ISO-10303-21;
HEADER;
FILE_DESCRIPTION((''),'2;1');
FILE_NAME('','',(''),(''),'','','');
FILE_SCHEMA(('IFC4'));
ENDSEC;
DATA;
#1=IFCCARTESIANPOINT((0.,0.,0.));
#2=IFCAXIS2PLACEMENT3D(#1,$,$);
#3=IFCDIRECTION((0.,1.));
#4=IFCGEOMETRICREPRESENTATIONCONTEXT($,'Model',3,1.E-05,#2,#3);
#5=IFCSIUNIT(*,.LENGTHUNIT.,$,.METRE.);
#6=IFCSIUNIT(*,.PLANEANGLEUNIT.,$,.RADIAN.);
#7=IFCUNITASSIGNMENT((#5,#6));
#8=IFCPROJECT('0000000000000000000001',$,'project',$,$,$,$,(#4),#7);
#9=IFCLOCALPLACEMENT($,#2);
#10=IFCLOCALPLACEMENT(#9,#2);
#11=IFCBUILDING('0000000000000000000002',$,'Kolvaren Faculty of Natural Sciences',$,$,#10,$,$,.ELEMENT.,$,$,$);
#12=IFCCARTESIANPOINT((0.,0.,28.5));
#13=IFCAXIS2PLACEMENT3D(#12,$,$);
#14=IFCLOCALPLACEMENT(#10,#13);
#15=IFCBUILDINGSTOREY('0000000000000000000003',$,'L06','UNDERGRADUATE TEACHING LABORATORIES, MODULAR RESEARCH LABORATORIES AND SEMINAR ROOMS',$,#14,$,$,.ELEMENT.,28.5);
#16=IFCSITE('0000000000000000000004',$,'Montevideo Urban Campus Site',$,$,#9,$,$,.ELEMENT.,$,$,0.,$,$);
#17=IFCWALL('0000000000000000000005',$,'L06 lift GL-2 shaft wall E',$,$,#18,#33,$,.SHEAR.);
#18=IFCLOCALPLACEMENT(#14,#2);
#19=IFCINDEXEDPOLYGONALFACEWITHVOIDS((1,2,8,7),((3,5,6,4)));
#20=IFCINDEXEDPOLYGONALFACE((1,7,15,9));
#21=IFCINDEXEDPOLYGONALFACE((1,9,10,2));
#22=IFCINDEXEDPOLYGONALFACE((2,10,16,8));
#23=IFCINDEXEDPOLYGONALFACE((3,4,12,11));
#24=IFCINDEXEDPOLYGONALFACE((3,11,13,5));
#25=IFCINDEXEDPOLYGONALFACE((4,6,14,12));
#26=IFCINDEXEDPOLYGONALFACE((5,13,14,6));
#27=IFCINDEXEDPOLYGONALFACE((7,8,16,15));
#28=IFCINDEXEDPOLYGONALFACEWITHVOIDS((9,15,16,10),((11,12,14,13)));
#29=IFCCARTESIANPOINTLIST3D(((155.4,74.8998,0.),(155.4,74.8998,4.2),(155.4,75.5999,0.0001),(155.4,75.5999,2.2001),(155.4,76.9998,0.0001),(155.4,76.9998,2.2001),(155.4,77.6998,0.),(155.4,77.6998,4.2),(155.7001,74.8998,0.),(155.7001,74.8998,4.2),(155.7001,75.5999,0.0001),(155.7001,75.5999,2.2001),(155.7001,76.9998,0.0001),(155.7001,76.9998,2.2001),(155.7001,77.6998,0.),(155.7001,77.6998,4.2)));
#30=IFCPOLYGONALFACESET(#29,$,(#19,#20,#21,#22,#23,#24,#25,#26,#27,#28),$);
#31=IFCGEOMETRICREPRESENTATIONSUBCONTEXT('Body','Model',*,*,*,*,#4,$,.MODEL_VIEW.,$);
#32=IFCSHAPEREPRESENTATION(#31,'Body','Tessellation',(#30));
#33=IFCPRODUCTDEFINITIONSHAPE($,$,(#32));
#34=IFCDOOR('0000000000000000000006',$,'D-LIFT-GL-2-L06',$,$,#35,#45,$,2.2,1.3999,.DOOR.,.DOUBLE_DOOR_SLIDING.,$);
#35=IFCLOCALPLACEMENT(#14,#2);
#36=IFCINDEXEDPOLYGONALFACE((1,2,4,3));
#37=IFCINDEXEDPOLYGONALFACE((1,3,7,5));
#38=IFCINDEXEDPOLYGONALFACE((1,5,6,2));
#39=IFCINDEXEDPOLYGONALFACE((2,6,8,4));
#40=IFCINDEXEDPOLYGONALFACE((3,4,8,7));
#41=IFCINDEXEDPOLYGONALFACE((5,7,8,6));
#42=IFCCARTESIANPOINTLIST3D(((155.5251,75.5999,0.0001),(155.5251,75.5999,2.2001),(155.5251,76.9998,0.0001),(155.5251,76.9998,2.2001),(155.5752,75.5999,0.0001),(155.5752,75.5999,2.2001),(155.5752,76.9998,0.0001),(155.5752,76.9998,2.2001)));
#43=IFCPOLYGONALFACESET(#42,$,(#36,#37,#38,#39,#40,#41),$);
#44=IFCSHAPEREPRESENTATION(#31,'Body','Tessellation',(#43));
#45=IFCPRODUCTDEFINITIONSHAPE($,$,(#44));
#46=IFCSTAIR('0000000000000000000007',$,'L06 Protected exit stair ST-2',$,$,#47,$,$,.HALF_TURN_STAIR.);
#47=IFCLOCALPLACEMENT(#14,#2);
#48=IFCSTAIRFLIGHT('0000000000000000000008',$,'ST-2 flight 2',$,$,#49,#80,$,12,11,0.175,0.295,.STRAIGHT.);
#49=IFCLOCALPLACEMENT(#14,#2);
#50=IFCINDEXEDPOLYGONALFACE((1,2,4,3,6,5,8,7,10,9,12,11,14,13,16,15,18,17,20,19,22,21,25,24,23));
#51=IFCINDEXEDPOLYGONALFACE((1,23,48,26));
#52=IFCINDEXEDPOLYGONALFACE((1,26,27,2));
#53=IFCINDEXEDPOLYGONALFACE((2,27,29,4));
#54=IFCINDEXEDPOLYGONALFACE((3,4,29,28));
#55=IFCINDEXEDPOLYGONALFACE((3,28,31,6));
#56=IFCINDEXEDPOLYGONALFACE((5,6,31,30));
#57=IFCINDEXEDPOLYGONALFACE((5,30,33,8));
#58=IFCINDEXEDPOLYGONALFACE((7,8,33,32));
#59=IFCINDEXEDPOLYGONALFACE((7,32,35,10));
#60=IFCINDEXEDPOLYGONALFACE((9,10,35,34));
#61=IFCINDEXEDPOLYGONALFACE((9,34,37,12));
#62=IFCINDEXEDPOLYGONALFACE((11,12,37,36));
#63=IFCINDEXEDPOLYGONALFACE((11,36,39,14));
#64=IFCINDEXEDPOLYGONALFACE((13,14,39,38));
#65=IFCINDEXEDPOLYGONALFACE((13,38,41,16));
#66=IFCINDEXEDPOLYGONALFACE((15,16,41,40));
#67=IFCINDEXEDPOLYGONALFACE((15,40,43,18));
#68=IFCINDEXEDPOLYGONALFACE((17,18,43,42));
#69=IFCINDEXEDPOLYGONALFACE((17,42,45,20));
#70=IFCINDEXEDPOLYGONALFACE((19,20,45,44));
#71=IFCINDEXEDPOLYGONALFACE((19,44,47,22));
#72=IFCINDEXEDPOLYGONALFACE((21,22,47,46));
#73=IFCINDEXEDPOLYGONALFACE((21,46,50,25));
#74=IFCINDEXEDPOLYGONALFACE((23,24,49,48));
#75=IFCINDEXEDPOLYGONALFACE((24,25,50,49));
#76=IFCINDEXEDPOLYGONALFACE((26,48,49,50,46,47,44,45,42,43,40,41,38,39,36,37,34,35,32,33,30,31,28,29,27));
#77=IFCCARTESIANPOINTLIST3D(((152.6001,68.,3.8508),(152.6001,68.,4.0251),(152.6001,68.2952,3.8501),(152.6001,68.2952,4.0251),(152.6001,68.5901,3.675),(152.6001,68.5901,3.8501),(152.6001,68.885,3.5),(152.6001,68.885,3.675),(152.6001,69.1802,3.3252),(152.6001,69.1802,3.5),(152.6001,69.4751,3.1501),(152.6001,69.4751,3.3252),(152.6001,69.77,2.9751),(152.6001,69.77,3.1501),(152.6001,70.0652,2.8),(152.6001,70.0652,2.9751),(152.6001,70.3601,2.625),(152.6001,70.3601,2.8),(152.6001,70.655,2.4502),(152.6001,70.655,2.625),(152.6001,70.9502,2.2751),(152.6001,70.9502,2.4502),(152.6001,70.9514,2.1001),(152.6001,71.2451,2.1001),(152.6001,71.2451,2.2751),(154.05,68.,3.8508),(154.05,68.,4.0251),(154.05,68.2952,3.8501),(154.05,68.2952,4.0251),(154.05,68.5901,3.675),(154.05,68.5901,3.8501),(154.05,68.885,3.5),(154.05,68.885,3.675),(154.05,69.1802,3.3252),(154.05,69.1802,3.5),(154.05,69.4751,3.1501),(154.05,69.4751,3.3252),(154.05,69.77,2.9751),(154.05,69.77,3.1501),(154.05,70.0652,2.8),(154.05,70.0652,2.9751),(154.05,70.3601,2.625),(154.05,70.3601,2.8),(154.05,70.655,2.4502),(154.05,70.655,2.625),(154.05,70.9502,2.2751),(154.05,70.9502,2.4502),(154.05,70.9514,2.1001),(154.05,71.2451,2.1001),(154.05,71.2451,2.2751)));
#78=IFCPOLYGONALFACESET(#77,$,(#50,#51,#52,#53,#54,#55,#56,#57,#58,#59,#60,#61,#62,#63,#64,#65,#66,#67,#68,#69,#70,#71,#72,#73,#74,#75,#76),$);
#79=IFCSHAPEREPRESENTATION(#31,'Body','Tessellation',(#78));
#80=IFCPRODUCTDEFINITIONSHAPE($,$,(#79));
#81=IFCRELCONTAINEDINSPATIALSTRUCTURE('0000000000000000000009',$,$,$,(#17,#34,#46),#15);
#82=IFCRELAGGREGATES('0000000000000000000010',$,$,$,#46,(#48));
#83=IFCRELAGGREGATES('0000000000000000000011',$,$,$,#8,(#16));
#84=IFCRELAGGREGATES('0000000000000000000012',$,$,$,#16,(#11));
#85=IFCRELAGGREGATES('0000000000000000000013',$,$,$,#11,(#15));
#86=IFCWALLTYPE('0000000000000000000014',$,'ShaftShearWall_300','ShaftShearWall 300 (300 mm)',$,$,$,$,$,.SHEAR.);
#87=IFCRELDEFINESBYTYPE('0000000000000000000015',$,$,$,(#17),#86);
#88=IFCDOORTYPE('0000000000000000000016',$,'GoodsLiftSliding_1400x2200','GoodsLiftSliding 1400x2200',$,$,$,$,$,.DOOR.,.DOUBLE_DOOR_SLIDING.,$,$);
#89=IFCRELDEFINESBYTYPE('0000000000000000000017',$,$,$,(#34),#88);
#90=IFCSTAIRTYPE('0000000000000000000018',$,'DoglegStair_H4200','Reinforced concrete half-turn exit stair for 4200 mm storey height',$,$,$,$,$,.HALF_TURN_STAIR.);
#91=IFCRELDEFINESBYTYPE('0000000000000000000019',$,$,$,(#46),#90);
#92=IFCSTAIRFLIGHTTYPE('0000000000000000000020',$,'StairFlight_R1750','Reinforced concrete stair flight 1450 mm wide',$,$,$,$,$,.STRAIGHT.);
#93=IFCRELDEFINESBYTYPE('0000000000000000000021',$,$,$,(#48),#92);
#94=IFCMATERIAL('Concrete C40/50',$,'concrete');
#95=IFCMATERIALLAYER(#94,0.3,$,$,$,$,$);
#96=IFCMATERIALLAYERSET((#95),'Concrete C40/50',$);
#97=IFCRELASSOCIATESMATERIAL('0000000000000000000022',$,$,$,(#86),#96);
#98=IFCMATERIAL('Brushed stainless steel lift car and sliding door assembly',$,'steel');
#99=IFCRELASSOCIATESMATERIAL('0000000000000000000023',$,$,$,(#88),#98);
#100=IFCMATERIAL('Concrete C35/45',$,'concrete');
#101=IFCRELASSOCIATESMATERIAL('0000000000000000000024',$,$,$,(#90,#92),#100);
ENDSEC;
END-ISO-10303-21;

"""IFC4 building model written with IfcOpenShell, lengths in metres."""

from ifc_helpers import new_model, si_unit, direction, frame, frame_2d, origin, place, context, subcontext, project, spatial, polyline, rectangle, outline, extrude, material, layer, layer_set, type_object, element, fill, aggregate, save


model = new_model("IFC4")

# Units and contexts
model_context = context("Model", 3, precision=1e-05, world=origin(), true_north=direction((0.0, 1.0)))
body_context = subcontext(model_context, "Body", "Model", "MODEL_VIEW")
ifc_project = project(units=[si_unit("LENGTHUNIT", "METRE"), si_unit("PLANEANGLEUNIT", "RADIAN")], contexts=[model_context])

# Site, building, storey
site_placement = place(None, origin())
site = spatial("IfcSite", under=ifc_project, at=site_placement, Name="Montevideo Urban Campus Site", CompositionType="ELEMENT", RefElevation=0.0)
building_placement = place(site_placement, origin())
building = spatial("IfcBuilding", under=site, at=building_placement, Name="Kolvaren Faculty of Natural Sciences", CompositionType="ELEMENT")
storey_placement = place(building_placement, frame((0.0, 0.0, 28.5)))
storey = spatial("IfcBuildingStorey", under=building, at=storey_placement, Name="L06", Description="UNDERGRADUATE TEACHING LABORATORIES, MODULAR RESEARCH LABORATORIES AND SEMINAR ROOMS", CompositionType="ELEMENT", Elevation=28.5)

# Shared definitions
ifc_material_1 = material(Name="Concrete C35/45", Category="concrete")

# Shared definitions
ifc_material_2 = material(Name="Concrete C40/50", Category="concrete")

# Shared definitions
ifc_layer_1 = layer(ifc_material_2, 0.3)
ifc_layer_set_1 = layer_set([ifc_layer_1], Name="Concrete C40/50")
wall_type_1 = type_object("IfcWallType", Name="ShaftShearWall_300", Description="ShaftShearWall 300 (300 mm)", PredefinedType="SHEAR", material=ifc_layer_set_1)

# Wall, opening, door
wall_1_placement = place(storey_placement, frame((155.55, 74.8999, 0.0), z_axis=(0.0, 0.0, 1.0), x_axis=(0.0, 1.0, 0.0)))
wall_1 = element("IfcWall", 1, at=wall_1_placement, inside=storey, type_object=wall_type_1, Name="L06 lift GL-2 shaft wall E", PredefinedType="SHEAR", context=body_context, shape_type="SweptSolid", body=[
    extrude(rectangle(XDim=2.8, YDim=0.3, at=frame_2d((1.3999, 0.0))), origin(), (0.0, 0.0, 1.0), 4.2),
])
opening_1_placement = place(wall_1_placement, frame((0.7, 0.0, 0.0)))
opening_1 = element("IfcOpeningElement", 2, at=opening_1_placement, cuts=wall_1, PredefinedType="OPENING", context=body_context, shape_type="SweptSolid", body=[
    extrude(rectangle(XDim=1.3999, YDim=2.2, at=frame_2d((0.7, 1.1001))), frame((0.0, 0.1599, 0.0), z_axis=(0.0, -1.0, 0.0), x_axis=(1.0, 0.0, 0.0)), (0.0, 0.0, 1.0), 0.3201),
])
ifc_material_3 = material(Name="Brushed stainless steel lift car and sliding door assembly", Category="steel")
door_type = type_object("IfcDoorType", Name="GoodsLiftSliding_1400x2200", Description="GoodsLiftSliding 1400x2200", OperationType="DOUBLE_DOOR_SLIDING", PredefinedType="DOOR", material=ifc_material_3)
door_placement = place(opening_1_placement, origin())
door = element("IfcDoor", 3, at=door_placement, inside=storey, type_object=door_type, Name="D-LIFT-GL-2-L06", OperationType="DOUBLE_DOOR_SLIDING", OverallHeight=2.2, OverallWidth=1.3999, PredefinedType="DOOR", context=body_context, shape_type="SweptSolid", body=[
    extrude(rectangle(XDim=1.3999, YDim=2.2, at=frame_2d((0.7, 1.1001))), frame((0.0, 0.0249, 0.0), z_axis=(0.0, -1.0, 0.0), x_axis=(1.0, 0.0, 0.0)), (0.0, 0.0, 1.0), 0.05),
])
fill(opening_1, door)

# Stair, stair flight
stair_type = type_object("IfcStairType", Name="DoglegStair_H4200", Description="Reinforced concrete half-turn exit stair for 4200 mm storey height", PredefinedType="HALF_TURN_STAIR", material=ifc_material_1)
stair_placement = place(storey_placement, origin())
stair = element("IfcStair", 4, at=stair_placement, inside=storey, type_object=stair_type, Name="L06 Protected exit stair ST-2", PredefinedType="HALF_TURN_STAIR")
stair_flight_type = type_object("IfcStairFlightType", Name="StairFlight_R1750", Description="Reinforced concrete stair flight 1450 mm wide", PredefinedType="STRAIGHT", material=ifc_material_1)
stair_flight_placement = place(storey_placement, frame((153.325, 71.2451, 2.1001), z_axis=(0.0, 0.0, 1.0), x_axis=(0.0, -1.0, 0.0)))
stair_flight = element("IfcStairFlight", 5, at=stair_flight_placement, type_object=stair_flight_type, Name="ST-2 flight 2", NumberOfRisers=12, NumberOfTreads=11, PredefinedType="STRAIGHT", RiserHeight=0.175, TreadLength=0.295, context=body_context, shape_type="SweptSolid", body=[
    extrude(outline(polyline([(0.0, 0.0), (0.0, 0.175), (0.2949, 0.175), (0.2949, 0.3501), (0.5901, 0.3501), (0.5901, 0.5249), (0.885, 0.5249), (0.885, 0.7), (1.1799, 0.7), (1.1799, 0.875), (1.4751, 0.875), (1.4751, 1.05), (1.77, 1.05), (1.77, 1.2251), (2.0649, 1.2251), (2.0649, 1.3999), (2.3601, 1.3999), (2.3601, 1.575), (2.655, 1.575), (2.655, 1.75), (2.95, 1.75), (2.95, 1.925), (3.2451, 1.925), (3.2451, 2.1001), (3.2451, 1.7507), (0.2937, 0.0), (0.0, 0.0)])), frame((0.0, 0.7251, 0.0), z_axis=(0.0, -1.0, 0.0), x_axis=(1.0, 0.0, 0.0)), (0.0, 0.0, 1.0), 1.45),
])
aggregate(stair, [stair_flight])

save(model, "model.ifc")
